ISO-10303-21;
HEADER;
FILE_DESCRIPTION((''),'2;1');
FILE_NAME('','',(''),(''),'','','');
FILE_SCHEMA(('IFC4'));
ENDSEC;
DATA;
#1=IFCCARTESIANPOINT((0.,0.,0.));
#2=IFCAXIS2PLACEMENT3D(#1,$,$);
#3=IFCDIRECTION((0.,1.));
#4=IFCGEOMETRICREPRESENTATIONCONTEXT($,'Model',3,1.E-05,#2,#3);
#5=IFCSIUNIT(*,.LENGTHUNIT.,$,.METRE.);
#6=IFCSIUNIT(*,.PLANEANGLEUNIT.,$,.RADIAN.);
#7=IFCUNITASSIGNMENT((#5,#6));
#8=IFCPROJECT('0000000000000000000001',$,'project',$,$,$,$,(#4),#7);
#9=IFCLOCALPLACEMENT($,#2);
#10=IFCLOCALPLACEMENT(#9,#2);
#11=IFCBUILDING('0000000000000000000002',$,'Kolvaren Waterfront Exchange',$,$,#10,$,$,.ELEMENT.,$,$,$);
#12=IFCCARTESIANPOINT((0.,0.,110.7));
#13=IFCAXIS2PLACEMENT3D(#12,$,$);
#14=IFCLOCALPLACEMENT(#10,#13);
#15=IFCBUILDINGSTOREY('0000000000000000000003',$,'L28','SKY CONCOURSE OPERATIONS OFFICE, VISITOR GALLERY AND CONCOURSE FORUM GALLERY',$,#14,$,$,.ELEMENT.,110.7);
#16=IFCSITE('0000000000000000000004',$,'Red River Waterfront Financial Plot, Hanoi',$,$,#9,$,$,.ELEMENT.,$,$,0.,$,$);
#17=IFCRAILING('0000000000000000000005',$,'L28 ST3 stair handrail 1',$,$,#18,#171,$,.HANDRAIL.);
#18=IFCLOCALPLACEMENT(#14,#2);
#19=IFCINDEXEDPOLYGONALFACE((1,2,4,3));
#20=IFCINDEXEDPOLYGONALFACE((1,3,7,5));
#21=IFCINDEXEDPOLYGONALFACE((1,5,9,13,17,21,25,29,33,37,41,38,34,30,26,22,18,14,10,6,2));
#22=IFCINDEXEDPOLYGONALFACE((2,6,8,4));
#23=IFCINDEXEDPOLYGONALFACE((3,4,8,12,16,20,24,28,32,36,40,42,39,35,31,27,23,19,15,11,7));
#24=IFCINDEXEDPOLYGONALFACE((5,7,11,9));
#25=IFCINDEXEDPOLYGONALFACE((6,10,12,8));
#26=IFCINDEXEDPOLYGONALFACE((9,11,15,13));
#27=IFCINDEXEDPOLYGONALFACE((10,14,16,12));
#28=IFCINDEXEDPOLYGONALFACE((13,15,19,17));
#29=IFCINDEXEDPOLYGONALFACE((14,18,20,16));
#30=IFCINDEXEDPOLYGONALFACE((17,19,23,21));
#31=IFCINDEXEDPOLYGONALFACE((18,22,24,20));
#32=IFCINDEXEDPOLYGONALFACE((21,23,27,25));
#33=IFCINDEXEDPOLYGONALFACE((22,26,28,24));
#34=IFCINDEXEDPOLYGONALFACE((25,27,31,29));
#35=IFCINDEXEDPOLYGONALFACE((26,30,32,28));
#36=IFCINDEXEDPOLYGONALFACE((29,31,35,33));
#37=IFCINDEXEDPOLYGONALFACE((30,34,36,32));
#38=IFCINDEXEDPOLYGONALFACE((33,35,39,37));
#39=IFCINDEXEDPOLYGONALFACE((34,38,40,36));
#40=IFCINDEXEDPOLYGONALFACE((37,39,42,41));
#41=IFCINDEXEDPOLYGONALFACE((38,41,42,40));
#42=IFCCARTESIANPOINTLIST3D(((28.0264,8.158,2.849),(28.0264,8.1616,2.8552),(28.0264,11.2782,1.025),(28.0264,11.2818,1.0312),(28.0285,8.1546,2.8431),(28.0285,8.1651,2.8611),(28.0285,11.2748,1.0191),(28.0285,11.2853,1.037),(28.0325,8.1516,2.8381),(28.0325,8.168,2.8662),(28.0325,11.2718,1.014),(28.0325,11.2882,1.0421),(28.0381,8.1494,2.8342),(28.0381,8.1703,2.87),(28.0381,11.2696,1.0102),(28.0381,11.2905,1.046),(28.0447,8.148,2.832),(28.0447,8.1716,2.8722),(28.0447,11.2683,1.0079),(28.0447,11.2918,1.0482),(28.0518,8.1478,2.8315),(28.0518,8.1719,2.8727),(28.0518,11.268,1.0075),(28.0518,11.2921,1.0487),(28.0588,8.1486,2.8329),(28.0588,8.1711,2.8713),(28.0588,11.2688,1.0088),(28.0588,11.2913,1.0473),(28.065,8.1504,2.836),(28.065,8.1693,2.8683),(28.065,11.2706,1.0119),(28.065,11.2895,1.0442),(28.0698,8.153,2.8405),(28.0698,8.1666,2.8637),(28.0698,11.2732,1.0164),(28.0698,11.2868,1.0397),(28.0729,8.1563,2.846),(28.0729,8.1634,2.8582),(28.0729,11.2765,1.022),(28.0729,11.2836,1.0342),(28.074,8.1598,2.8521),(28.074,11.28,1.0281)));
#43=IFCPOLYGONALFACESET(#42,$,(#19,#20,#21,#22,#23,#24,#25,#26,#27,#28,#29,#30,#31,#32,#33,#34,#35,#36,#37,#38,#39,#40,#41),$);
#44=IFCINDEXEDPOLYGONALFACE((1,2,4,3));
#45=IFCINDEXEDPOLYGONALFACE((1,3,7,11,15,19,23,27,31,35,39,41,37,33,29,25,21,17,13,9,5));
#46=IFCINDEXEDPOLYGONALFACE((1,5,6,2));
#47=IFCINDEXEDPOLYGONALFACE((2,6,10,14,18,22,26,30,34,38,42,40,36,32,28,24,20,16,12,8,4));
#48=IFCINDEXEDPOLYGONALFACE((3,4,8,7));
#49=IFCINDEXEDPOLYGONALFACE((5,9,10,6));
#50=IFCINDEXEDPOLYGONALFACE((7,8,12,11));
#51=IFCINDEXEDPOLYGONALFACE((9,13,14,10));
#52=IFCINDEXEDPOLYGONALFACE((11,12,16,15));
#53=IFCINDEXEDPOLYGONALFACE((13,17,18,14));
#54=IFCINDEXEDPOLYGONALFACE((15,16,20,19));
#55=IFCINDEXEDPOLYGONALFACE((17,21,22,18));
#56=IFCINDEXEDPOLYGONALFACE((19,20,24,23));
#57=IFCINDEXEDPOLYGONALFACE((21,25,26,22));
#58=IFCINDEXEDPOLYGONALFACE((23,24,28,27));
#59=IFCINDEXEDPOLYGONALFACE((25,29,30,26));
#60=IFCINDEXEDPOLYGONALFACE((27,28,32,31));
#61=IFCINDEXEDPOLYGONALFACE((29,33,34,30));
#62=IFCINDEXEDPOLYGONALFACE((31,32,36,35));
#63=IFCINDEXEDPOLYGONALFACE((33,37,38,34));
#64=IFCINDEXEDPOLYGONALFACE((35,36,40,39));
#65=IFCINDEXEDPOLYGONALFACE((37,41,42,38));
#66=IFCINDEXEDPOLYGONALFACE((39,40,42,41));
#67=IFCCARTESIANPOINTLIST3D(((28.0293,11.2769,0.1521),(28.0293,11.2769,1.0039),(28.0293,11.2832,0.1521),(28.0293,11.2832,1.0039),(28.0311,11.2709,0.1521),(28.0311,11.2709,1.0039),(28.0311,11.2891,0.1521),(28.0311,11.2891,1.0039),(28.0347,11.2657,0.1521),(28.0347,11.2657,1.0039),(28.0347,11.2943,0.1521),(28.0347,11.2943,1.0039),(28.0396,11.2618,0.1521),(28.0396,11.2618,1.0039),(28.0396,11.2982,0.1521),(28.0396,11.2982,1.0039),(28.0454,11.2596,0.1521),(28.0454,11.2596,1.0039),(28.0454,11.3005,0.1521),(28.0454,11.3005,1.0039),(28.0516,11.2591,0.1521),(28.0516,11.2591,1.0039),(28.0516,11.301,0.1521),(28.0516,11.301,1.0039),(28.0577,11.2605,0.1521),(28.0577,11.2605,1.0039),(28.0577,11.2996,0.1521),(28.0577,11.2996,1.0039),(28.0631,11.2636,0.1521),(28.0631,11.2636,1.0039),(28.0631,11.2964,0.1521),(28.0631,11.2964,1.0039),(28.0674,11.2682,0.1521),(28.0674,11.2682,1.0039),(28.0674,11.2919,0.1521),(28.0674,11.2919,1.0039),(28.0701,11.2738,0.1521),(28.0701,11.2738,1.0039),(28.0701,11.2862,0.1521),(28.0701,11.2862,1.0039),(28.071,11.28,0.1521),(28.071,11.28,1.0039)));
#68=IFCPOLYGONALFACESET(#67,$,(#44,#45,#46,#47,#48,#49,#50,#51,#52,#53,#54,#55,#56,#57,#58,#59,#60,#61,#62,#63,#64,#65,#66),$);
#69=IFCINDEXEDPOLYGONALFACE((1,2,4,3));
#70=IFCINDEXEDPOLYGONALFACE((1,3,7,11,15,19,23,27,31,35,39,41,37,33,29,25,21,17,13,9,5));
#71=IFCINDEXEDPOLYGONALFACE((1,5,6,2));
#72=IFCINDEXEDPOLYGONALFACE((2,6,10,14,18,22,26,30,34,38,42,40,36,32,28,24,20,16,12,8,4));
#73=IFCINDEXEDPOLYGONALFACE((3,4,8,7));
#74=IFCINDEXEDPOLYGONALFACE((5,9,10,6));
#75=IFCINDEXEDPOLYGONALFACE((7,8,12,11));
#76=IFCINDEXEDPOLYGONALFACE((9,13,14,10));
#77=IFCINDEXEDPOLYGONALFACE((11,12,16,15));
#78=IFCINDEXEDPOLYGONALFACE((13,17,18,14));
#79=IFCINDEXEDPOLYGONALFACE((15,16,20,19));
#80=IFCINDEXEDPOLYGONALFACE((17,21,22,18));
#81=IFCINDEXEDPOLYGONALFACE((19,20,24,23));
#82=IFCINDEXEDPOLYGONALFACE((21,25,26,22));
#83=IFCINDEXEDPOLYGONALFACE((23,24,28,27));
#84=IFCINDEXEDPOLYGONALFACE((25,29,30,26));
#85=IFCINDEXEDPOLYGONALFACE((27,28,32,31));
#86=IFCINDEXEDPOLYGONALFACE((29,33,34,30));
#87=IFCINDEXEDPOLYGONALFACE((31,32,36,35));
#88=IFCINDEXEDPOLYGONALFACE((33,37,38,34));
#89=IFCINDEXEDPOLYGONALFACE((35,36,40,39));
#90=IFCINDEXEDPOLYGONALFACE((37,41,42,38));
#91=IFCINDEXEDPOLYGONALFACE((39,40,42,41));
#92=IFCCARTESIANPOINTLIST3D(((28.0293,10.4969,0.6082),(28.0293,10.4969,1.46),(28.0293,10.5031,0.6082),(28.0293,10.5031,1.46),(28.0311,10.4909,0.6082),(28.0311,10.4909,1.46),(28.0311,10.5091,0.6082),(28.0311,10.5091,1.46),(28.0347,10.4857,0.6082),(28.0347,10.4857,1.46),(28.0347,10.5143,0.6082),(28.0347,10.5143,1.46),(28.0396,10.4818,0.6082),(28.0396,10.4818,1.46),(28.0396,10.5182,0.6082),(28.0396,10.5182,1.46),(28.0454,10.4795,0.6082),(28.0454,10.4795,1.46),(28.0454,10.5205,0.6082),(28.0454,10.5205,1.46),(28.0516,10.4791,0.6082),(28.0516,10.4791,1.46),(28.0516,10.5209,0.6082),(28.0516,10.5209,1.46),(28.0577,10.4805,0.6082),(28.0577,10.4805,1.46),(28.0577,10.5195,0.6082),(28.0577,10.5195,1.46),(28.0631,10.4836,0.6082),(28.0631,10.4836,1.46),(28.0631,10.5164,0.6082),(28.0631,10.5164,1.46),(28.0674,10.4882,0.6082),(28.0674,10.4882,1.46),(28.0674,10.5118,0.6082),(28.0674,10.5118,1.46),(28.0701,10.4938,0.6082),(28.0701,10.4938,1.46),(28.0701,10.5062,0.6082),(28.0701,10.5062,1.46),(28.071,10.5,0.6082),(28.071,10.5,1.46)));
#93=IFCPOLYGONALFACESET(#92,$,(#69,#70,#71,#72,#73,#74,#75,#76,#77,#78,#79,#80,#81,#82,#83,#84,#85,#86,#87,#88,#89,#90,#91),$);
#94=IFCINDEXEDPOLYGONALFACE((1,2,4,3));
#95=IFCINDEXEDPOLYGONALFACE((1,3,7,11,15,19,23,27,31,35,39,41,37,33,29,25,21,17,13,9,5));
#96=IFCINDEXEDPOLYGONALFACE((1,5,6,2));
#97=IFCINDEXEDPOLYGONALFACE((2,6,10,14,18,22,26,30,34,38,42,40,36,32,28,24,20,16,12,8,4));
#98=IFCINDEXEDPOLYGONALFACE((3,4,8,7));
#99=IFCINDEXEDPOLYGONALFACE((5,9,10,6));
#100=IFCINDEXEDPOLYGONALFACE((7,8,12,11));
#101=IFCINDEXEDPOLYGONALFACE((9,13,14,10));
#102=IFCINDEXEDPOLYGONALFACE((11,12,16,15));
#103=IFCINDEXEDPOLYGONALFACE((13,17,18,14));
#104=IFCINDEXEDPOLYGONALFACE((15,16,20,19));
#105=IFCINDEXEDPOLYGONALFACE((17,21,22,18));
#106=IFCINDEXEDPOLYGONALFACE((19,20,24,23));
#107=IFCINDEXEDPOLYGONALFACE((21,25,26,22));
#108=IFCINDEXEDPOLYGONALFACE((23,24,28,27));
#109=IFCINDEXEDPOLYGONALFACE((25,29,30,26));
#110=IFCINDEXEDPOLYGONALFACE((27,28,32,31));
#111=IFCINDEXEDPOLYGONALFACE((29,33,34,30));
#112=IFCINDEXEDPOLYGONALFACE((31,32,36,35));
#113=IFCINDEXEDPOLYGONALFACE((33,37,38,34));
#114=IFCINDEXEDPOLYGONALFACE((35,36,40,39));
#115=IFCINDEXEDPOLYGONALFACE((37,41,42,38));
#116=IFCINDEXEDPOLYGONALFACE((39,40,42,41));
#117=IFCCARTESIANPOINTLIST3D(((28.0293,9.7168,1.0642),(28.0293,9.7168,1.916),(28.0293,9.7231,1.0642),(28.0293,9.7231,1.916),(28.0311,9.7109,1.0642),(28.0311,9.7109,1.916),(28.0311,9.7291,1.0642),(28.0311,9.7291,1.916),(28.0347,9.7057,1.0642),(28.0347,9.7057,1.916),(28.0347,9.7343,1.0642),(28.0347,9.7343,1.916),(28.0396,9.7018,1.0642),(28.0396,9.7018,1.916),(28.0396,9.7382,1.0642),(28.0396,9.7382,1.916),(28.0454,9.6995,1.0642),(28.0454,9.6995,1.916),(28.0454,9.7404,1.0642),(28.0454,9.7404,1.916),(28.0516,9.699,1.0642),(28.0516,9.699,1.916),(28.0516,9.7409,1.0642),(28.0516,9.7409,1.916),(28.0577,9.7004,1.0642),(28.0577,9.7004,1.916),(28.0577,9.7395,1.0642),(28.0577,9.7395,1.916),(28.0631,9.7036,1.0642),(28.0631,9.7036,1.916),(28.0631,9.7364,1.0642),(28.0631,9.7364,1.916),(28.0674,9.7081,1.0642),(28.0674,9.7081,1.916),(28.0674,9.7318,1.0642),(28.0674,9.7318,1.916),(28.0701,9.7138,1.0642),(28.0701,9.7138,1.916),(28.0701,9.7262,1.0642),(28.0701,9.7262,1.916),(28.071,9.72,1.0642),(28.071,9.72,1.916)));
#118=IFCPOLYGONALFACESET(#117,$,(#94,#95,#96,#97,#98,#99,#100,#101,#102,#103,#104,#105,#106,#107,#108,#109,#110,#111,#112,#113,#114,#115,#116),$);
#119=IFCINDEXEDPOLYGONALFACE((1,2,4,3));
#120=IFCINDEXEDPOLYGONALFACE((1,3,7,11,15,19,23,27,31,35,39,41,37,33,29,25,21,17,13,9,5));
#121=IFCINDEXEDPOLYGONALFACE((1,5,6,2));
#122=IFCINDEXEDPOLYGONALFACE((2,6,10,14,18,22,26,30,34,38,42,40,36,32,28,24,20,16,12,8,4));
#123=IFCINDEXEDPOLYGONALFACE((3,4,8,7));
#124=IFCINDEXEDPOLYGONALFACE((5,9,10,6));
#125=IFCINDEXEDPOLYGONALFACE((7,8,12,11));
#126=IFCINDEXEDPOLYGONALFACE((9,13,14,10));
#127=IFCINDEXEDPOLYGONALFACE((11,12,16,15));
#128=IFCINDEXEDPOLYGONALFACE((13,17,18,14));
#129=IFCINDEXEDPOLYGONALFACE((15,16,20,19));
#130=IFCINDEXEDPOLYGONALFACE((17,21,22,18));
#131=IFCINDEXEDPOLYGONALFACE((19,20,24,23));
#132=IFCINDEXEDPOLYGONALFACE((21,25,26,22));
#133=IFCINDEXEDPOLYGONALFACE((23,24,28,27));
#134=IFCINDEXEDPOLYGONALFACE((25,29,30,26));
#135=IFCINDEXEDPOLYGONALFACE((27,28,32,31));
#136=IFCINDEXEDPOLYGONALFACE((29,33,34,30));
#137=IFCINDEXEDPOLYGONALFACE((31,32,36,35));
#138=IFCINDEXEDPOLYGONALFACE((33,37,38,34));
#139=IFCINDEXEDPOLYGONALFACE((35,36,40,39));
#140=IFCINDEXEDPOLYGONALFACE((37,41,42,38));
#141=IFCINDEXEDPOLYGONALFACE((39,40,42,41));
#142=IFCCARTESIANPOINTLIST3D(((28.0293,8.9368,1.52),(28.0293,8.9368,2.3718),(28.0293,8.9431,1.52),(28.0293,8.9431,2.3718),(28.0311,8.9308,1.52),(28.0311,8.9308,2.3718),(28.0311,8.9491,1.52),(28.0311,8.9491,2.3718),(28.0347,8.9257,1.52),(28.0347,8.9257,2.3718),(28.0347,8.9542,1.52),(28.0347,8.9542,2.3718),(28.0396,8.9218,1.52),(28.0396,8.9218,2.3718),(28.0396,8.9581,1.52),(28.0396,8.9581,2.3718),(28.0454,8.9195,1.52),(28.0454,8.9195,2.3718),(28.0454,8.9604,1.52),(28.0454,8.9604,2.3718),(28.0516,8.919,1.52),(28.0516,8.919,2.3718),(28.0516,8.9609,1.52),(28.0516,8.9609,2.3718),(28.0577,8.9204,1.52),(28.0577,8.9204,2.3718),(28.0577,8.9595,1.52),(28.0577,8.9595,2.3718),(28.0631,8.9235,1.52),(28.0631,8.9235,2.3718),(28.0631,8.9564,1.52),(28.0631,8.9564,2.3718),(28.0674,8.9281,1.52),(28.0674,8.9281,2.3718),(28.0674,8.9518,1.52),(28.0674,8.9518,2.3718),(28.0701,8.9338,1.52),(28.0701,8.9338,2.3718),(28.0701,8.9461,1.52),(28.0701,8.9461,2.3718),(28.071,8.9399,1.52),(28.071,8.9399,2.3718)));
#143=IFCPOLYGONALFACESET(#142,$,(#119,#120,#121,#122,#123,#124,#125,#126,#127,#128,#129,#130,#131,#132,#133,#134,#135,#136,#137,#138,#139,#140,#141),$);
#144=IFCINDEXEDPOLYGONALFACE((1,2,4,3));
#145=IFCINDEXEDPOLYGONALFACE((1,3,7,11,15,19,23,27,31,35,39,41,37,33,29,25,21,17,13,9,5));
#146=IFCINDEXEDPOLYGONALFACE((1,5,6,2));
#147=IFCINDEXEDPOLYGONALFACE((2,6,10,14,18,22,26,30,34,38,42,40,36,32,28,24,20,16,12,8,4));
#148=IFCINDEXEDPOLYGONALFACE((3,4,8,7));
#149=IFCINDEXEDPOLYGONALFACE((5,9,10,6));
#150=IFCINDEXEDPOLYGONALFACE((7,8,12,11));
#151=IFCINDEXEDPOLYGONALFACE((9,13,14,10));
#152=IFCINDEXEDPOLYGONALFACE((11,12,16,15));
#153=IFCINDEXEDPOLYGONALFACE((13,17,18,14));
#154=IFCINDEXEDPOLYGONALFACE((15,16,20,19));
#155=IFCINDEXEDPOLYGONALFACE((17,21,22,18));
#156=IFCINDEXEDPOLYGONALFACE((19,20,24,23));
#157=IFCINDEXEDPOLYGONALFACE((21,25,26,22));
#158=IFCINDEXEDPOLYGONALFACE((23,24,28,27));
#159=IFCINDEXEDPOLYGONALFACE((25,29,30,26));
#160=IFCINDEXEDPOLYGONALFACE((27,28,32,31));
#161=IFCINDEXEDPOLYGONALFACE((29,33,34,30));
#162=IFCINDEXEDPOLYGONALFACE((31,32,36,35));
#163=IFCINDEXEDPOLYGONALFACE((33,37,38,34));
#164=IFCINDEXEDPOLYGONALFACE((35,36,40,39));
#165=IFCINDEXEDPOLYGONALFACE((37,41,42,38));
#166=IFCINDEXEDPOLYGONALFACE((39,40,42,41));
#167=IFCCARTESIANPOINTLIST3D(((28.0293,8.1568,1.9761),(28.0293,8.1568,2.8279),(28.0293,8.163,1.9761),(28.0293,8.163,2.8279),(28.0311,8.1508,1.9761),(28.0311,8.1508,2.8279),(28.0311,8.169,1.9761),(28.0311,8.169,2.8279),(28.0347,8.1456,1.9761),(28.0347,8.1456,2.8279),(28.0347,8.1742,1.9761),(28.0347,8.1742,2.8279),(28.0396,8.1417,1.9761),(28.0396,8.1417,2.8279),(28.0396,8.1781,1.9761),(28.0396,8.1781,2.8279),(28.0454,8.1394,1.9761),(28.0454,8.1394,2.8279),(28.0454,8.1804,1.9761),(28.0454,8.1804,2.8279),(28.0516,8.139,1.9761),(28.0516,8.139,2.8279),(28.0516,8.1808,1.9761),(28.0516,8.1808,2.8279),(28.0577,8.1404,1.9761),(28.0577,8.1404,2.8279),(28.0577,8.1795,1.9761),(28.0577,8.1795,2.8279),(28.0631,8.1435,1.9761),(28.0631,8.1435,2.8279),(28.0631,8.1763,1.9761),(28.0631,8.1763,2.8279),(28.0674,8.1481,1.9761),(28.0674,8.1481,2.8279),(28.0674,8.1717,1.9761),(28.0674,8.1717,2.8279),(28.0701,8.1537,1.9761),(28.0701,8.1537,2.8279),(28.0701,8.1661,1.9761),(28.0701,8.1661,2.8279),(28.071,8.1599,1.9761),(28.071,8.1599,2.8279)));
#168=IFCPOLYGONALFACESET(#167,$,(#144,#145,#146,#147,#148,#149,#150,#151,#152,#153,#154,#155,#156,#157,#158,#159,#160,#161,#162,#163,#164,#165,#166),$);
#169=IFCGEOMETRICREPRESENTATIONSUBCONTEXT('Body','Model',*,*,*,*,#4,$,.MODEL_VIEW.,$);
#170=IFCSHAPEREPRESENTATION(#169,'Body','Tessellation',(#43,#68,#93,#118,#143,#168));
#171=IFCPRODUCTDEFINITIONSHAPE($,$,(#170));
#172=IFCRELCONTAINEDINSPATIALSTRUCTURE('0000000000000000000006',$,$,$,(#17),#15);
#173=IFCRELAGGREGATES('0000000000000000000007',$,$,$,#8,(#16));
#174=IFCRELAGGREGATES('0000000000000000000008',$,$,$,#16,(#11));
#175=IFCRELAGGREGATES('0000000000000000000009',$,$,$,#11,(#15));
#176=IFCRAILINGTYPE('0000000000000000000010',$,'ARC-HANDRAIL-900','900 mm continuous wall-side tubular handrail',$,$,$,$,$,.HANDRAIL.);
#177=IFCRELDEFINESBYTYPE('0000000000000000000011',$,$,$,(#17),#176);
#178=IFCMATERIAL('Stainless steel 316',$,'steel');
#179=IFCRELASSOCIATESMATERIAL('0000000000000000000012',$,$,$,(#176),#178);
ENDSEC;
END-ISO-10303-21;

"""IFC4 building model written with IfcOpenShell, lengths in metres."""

from ifc_helpers import new_model, si_unit, direction, frame, origin, origin_2d, place, context, subcontext, project, spatial, circle, extrude, material, type_object, element, save


model = new_model("IFC4")

# Units and contexts
model_context = context("Model", 3, precision=1e-05, world=origin(), true_north=direction((0.0, 1.0)))
body_context = subcontext(model_context, "Body", "Model", "MODEL_VIEW")
ifc_project = project(units=[si_unit("LENGTHUNIT", "METRE"), si_unit("PLANEANGLEUNIT", "RADIAN")], contexts=[model_context])

# Site, building, storey
site_placement = place(None, origin())
site = spatial("IfcSite", under=ifc_project, at=site_placement, Name="Red River Waterfront Financial Plot, Hanoi", CompositionType="ELEMENT", RefElevation=0.0)
building_placement = place(site_placement, origin())
building = spatial("IfcBuilding", under=site, at=building_placement, Name="Kolvaren Waterfront Exchange", CompositionType="ELEMENT")
storey_placement = place(building_placement, frame((0.0, 0.0, 110.7)))
storey = spatial("IfcBuildingStorey", under=building, at=storey_placement, Name="L28", Description="SKY CONCOURSE OPERATIONS OFFICE, VISITOR GALLERY AND CONCOURSE FORUM GALLERY", CompositionType="ELEMENT", Elevation=110.7)

# Railing
ifc_material_1 = material(Name="Stainless steel 316", Category="steel")
railing_type_1 = type_object("IfcRailingType", Name="ARC-HANDRAIL-900", Description="900 mm continuous wall-side tubular handrail", PredefinedType="HANDRAIL", material=ifc_material_1)
railing_1_placement = place(storey_placement, frame((28.05, 11.28, 0.1521)))
element("IfcRailing", 1, at=railing_1_placement, inside=storey, type_object=railing_type_1, Name="L28 ST3 stair handrail 1", PredefinedType="HANDRAIL", context=body_context, shape_type="SweptSolid", body=[
    extrude(circle(Radius=0.0239, at=origin_2d()), frame((0.0, 0.0, 0.876), z_axis=(0.0, -0.863308, 0.504677), x_axis=(1.0, 0.0, 0.0)), (0.0, 0.0, 1.0), 3.6143),
    extrude(circle(Radius=0.021, at=origin_2d()), origin(), (0.0, 0.0, 1.0), 0.8518),
    extrude(circle(Radius=0.021, at=origin_2d()), frame((0.0, -0.78, 0.4561)), (0.0, 0.0, 1.0), 0.8518),
    extrude(circle(Radius=0.021, at=origin_2d()), frame((0.0, -1.5601, 0.9121)), (0.0, 0.0, 1.0), 0.8518),
    extrude(circle(Radius=0.021, at=origin_2d()), frame((0.0, -2.3401, 1.3679)), (0.0, 0.0, 1.0), 0.8518),
    extrude(circle(Radius=0.021, at=origin_2d()), frame((0.0, -3.1201, 1.824)), (0.0, 0.0, 1.0), 0.8518),
])

save(model, "model.ifc")
